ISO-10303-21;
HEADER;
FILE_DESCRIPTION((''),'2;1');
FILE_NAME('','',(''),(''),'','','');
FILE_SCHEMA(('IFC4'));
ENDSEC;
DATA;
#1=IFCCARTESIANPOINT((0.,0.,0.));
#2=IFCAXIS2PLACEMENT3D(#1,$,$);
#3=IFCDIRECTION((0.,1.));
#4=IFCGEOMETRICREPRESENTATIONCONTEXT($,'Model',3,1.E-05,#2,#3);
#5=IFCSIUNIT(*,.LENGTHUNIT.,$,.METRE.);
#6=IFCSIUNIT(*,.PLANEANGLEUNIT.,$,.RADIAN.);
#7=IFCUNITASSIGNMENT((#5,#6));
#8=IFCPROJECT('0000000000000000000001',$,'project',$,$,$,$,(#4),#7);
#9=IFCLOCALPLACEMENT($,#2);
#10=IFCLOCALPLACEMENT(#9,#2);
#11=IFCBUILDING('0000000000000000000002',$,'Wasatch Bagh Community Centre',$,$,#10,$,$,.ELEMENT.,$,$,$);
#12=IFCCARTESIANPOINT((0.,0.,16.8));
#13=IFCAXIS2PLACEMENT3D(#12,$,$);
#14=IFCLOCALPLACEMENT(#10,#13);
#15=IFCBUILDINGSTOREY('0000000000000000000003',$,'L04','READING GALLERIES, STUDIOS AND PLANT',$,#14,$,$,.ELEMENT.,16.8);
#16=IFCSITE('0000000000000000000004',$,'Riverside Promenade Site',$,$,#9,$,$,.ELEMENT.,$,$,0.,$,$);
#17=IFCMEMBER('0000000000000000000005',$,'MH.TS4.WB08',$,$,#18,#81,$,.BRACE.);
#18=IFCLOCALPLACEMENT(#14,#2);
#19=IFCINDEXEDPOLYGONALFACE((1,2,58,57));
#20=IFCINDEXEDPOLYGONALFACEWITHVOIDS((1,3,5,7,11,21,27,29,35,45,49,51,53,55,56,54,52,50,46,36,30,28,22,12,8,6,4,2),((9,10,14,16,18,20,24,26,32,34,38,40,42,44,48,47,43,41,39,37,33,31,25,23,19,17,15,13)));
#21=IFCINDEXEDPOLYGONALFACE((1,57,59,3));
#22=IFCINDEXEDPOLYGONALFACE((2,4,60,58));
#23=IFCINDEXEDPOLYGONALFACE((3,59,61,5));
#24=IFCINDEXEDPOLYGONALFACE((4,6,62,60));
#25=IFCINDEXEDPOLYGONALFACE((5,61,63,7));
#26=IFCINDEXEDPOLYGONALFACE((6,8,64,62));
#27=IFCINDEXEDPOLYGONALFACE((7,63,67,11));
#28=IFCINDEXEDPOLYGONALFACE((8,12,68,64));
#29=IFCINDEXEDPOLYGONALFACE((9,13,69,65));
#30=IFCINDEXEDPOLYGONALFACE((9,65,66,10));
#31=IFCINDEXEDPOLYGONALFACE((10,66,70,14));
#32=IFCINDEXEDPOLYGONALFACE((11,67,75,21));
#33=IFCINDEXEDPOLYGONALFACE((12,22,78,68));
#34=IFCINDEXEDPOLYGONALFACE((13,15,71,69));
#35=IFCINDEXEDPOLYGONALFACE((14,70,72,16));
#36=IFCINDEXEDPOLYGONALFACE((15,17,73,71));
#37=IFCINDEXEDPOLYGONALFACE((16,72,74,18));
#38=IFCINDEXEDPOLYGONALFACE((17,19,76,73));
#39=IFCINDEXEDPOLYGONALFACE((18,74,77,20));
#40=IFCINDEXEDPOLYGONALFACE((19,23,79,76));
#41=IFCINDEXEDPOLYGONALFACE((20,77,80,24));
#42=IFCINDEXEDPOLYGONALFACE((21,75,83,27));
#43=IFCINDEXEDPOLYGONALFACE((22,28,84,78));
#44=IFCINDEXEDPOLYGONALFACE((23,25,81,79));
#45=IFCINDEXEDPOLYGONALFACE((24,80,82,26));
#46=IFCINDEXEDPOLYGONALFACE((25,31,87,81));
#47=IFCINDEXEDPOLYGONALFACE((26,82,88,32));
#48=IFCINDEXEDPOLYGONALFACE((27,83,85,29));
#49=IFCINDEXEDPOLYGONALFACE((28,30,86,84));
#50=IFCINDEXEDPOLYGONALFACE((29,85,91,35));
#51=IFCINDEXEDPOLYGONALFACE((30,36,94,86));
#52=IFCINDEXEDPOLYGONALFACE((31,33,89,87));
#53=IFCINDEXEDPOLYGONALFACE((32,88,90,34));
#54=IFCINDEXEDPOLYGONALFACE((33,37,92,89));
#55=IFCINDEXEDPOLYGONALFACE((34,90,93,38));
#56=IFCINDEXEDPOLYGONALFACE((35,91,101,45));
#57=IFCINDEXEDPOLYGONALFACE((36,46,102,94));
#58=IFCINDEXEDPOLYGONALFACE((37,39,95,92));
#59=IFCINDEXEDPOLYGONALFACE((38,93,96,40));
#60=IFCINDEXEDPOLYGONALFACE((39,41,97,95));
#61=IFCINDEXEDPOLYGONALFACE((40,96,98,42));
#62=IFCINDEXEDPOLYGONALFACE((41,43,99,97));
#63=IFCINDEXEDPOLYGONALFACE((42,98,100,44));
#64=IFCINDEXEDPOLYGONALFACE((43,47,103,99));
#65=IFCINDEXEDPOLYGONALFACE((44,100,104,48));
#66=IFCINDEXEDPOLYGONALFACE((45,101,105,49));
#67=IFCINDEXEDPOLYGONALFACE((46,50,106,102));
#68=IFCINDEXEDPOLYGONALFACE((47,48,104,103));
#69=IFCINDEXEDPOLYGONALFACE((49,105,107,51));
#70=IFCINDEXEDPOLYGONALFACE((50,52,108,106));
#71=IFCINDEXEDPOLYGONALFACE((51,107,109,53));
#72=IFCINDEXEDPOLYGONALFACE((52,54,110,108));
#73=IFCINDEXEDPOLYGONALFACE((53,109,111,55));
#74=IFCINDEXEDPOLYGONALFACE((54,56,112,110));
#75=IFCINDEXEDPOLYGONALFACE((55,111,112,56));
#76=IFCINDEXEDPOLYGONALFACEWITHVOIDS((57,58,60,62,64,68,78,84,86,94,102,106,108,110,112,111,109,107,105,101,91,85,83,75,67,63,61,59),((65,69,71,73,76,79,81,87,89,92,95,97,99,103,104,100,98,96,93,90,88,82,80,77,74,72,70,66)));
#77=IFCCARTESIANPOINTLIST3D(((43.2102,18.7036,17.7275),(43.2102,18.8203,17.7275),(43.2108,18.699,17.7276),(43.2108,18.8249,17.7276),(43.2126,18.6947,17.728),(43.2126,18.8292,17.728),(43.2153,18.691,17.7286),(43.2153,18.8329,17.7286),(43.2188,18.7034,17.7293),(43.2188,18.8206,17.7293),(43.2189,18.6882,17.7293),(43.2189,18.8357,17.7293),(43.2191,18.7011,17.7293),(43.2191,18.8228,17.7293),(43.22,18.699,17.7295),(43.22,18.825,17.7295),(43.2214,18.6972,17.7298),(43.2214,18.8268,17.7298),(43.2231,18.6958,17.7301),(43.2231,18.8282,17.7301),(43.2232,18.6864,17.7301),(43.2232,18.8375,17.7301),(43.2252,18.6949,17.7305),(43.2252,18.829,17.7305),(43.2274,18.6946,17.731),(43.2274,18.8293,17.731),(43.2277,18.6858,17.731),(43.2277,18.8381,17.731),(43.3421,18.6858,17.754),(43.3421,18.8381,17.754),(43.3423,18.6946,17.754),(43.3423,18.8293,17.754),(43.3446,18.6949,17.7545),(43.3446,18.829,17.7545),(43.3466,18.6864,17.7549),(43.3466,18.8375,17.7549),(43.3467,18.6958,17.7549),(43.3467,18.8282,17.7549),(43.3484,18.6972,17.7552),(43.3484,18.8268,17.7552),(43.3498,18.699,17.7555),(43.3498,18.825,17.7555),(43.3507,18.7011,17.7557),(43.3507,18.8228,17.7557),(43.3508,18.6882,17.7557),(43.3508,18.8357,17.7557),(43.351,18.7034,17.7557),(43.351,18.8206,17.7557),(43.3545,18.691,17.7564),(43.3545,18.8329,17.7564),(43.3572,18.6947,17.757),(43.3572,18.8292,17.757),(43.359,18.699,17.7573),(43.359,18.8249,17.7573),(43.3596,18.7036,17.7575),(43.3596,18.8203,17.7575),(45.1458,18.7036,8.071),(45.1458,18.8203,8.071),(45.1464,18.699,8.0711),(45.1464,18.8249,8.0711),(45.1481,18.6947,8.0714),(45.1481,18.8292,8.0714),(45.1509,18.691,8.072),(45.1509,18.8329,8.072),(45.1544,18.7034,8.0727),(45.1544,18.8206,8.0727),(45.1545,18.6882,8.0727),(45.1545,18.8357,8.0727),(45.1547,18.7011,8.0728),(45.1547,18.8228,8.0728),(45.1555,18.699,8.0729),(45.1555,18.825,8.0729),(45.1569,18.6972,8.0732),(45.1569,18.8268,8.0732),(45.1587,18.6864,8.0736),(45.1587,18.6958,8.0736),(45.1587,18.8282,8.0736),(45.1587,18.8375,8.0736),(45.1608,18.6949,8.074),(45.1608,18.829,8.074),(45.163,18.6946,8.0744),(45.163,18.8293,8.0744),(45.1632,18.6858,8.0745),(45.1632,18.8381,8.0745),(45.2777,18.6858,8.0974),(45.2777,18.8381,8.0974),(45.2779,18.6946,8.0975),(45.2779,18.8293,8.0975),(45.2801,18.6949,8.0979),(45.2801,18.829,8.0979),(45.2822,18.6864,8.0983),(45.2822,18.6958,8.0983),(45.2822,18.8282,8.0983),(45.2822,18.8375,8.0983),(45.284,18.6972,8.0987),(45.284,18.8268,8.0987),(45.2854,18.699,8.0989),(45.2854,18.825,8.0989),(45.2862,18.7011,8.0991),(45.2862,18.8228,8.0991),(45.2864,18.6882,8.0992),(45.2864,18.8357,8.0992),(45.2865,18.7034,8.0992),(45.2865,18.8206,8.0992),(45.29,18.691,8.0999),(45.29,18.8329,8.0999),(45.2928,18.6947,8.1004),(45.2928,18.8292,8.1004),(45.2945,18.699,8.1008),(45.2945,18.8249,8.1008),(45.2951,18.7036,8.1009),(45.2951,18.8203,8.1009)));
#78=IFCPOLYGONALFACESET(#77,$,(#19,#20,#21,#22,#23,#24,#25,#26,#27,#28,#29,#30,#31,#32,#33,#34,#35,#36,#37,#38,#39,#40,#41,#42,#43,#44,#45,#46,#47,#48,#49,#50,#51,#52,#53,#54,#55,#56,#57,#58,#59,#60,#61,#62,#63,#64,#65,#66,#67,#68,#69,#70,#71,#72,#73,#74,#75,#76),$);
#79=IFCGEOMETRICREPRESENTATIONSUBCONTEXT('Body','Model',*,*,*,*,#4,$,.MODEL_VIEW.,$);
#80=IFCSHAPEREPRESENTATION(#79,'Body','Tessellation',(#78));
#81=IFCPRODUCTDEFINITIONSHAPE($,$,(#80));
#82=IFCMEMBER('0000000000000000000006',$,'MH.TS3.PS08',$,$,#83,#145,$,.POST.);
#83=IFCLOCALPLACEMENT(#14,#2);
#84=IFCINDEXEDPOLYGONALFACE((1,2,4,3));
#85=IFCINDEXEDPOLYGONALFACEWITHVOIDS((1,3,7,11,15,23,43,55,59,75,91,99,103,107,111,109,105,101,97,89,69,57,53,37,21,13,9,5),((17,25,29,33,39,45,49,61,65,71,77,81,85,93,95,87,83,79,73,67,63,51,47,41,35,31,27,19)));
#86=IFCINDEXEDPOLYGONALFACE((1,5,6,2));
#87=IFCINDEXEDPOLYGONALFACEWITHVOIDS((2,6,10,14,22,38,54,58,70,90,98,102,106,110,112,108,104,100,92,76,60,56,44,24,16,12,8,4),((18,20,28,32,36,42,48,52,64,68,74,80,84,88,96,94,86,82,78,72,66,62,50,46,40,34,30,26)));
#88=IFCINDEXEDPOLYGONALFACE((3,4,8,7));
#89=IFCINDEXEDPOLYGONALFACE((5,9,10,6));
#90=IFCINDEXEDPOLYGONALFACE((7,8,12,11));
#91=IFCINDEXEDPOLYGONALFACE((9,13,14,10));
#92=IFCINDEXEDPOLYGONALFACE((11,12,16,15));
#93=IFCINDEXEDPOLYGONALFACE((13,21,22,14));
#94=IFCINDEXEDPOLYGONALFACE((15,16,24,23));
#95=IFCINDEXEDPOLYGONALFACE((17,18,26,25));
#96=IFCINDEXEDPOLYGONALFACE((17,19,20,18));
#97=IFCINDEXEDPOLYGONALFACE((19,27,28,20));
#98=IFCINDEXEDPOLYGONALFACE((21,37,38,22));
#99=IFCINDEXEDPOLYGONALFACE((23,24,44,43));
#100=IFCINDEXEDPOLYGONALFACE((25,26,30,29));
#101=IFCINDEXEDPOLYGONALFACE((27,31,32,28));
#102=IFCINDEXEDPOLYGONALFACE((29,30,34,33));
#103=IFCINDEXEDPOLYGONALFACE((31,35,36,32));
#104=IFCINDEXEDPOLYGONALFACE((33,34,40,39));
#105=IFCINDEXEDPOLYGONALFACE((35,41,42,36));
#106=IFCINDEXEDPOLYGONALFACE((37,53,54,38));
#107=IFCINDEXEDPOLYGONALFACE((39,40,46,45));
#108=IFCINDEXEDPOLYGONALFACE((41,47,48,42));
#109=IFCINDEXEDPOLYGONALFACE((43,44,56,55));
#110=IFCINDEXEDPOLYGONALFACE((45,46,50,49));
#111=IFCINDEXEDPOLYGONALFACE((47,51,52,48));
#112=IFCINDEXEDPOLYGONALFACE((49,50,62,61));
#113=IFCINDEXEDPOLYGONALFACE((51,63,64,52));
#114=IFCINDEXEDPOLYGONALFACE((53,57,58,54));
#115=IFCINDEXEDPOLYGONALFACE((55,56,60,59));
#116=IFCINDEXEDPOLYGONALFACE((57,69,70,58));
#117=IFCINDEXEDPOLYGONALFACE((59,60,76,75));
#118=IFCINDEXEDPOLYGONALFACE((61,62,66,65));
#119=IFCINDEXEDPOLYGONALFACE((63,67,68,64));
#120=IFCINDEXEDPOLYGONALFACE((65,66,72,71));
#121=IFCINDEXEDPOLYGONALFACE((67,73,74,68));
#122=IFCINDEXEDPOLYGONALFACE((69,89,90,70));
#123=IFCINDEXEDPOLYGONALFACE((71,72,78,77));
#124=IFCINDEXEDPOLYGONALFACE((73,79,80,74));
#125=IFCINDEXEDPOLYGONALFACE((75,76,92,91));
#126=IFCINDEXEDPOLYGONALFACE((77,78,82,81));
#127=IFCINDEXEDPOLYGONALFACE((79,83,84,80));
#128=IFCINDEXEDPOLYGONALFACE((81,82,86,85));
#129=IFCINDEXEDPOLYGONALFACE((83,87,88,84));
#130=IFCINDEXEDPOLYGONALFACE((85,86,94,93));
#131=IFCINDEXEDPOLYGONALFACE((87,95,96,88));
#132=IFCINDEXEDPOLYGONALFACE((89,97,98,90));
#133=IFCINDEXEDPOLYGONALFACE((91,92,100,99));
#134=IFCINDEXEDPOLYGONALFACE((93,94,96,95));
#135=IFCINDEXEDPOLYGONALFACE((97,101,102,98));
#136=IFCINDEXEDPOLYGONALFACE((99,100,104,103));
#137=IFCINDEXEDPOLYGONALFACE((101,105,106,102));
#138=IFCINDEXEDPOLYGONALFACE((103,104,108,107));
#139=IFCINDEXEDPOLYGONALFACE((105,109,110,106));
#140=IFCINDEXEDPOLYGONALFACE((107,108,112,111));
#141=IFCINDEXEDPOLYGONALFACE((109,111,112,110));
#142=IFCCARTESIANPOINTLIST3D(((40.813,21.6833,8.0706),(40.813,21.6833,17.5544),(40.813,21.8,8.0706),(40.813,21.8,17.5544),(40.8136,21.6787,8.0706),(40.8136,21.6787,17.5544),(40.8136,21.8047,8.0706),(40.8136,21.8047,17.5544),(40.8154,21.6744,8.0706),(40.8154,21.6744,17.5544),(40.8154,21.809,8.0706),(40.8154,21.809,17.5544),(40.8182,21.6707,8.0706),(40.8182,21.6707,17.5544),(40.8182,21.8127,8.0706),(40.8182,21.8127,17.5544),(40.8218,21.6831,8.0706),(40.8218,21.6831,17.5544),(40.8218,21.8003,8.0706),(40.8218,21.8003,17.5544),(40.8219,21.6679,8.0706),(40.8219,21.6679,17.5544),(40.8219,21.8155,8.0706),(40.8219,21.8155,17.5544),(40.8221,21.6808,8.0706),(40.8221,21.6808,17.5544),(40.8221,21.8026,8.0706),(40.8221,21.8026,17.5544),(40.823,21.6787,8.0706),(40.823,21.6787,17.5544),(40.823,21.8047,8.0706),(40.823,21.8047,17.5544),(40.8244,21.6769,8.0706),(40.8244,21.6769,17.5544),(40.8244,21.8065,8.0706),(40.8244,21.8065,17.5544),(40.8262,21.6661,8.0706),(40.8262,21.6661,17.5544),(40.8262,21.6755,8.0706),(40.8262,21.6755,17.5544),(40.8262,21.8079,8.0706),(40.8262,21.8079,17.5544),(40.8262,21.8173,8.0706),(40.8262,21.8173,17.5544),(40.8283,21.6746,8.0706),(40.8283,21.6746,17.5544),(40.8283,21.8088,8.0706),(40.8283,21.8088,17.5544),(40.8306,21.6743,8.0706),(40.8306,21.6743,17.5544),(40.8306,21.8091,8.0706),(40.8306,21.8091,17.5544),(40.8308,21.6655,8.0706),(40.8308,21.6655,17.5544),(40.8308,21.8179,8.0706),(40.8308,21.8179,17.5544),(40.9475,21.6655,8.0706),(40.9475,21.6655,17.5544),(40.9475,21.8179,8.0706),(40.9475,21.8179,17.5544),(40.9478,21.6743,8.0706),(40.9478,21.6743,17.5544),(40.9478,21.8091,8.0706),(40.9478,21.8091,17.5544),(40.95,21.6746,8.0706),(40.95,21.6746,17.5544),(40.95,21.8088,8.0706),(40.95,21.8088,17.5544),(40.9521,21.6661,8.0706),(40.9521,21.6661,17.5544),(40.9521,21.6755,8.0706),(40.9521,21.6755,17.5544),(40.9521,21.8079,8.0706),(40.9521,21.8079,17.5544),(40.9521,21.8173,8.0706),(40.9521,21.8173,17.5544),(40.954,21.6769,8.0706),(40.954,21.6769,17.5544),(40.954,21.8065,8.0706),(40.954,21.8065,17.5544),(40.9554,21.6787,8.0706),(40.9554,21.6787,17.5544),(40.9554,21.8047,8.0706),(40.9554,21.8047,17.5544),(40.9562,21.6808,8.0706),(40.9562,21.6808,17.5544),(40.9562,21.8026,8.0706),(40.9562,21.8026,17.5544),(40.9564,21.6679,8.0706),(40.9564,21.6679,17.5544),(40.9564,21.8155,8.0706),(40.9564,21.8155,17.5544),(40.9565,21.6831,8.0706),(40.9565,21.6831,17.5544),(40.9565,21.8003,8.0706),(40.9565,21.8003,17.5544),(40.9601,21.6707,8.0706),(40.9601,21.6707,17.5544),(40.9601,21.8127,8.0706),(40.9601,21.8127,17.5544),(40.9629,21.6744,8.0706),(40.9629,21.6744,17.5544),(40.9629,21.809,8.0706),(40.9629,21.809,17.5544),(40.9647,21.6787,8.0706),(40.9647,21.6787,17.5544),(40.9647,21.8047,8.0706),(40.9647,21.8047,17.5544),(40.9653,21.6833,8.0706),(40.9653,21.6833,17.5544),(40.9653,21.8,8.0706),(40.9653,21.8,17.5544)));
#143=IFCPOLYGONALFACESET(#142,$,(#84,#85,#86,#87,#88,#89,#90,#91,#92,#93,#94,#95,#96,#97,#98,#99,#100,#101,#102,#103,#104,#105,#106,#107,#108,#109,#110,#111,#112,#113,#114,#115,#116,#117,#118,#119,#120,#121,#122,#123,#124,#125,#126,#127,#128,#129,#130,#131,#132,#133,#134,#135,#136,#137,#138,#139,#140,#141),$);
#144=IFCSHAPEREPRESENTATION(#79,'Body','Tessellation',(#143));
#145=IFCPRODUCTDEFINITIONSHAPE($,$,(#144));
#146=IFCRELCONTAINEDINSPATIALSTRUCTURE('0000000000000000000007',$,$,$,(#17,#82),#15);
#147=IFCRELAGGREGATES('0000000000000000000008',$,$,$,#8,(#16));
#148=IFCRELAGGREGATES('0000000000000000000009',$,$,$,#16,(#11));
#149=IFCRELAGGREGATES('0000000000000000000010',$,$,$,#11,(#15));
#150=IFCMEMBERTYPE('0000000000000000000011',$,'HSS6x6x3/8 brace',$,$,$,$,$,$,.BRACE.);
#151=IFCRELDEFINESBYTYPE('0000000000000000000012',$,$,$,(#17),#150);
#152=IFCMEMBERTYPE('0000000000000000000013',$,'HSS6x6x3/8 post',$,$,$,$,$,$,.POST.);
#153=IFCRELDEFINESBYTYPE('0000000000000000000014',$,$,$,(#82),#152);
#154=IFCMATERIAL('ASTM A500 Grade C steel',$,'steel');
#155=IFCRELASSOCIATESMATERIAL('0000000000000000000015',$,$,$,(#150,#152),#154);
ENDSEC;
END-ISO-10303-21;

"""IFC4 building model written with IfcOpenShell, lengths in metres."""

from ifc_helpers import new_model, si_unit, direction, frame, origin, origin_2d, place, context, subcontext, project, spatial, hollow_rectangle, extrude, material, material_profile, profile_set, type_object, element, save


model = new_model("IFC4")

# Units and contexts
model_context = context("Model", 3, precision=1e-05, world=origin(), true_north=direction((0.0, 1.0)))
body_context = subcontext(model_context, "Body", "Model", "MODEL_VIEW")
ifc_project = project(units=[si_unit("LENGTHUNIT", "METRE"), si_unit("PLANEANGLEUNIT", "RADIAN")], contexts=[model_context])

# Site, building, storey
site_placement = place(None, origin())
site = spatial("IfcSite", under=ifc_project, at=site_placement, Name="Riverside Promenade Site", CompositionType="ELEMENT", RefElevation=0.0)
building_placement = place(site_placement, origin())
building = spatial("IfcBuilding", under=site, at=building_placement, Name="Wasatch Bagh Community Centre", CompositionType="ELEMENT")
storey_placement = place(building_placement, frame((0.0, 0.0, 16.8)))
storey = spatial("IfcBuildingStorey", under=building, at=storey_placement, Name="L04", Description="READING GALLERIES, STUDIOS AND PLANT", CompositionType="ELEMENT", Elevation=16.8)

# Members
ifc_material_1 = material(Name="ASTM A500 Grade C steel", Category="steel")
ifc_material_profile_1 = material_profile(ifc_material_1, hollow_rectangle(XDim=0.1523, YDim=0.1523, WallThickness=0.0088, InnerFilletRadius=0.0088, OuterFilletRadius=0.0178, at=origin_2d()), Name="HSS6x6x3/8")
ifc_profile_set_1 = profile_set([ifc_material_profile_1], Name="ASTM A500 Grade C steel")
member_type_1 = type_object("IfcMemberType", Name="HSS6x6x3/8 brace", PredefinedType="BRACE", material=ifc_profile_set_1)
member_1_placement = place(storey_placement, frame((45.2205, 18.762, 8.0859), z_axis=(-0.196531, 0.0, 0.980498), x_axis=(0.0, -1.0, 0.0)))
element("IfcMember", 1, at=member_1_placement, inside=storey, type_object=member_type_1, Name="MH.TS4.WB08", PredefinedType="BRACE", context=body_context, shape_type="SweptSolid", body=[
    extrude(hollow_rectangle(XDim=0.1523, YDim=0.1523, WallThickness=0.0088, InnerFilletRadius=0.0088, OuterFilletRadius=0.0178, at=origin_2d()), origin(), (0.0, 0.0, 1.0), 9.8486),
])
ifc_material_profile_2 = material_profile(ifc_material_1, hollow_rectangle(XDim=0.1523, YDim=0.1523, WallThickness=0.0088, InnerFilletRadius=0.0088, OuterFilletRadius=0.0178, at=origin_2d()), Name="HSS6x6x3/8")
ifc_profile_set_2 = profile_set([ifc_material_profile_2], Name="ASTM A500 Grade C steel")
member_type_2 = type_object("IfcMemberType", Name="HSS6x6x3/8 post", PredefinedType="POST", material=ifc_profile_set_2)
member_2_placement = place(storey_placement, frame((40.8892, 21.7417, 8.0706), z_axis=(0.0, 0.0, 1.0), x_axis=(1.0, 0.0, 0.0)))
element("IfcMember", 2, at=member_2_placement, inside=storey, type_object=member_type_2, Name="MH.TS3.PS08", PredefinedType="POST", context=body_context, shape_type="SweptSolid", body=[
    extrude(hollow_rectangle(XDim=0.1523, YDim=0.1523, WallThickness=0.0088, InnerFilletRadius=0.0088, OuterFilletRadius=0.0178, at=origin_2d()), origin(), (0.0, 0.0, 1.0), 9.4839),
])

save(model, "model.ifc")
